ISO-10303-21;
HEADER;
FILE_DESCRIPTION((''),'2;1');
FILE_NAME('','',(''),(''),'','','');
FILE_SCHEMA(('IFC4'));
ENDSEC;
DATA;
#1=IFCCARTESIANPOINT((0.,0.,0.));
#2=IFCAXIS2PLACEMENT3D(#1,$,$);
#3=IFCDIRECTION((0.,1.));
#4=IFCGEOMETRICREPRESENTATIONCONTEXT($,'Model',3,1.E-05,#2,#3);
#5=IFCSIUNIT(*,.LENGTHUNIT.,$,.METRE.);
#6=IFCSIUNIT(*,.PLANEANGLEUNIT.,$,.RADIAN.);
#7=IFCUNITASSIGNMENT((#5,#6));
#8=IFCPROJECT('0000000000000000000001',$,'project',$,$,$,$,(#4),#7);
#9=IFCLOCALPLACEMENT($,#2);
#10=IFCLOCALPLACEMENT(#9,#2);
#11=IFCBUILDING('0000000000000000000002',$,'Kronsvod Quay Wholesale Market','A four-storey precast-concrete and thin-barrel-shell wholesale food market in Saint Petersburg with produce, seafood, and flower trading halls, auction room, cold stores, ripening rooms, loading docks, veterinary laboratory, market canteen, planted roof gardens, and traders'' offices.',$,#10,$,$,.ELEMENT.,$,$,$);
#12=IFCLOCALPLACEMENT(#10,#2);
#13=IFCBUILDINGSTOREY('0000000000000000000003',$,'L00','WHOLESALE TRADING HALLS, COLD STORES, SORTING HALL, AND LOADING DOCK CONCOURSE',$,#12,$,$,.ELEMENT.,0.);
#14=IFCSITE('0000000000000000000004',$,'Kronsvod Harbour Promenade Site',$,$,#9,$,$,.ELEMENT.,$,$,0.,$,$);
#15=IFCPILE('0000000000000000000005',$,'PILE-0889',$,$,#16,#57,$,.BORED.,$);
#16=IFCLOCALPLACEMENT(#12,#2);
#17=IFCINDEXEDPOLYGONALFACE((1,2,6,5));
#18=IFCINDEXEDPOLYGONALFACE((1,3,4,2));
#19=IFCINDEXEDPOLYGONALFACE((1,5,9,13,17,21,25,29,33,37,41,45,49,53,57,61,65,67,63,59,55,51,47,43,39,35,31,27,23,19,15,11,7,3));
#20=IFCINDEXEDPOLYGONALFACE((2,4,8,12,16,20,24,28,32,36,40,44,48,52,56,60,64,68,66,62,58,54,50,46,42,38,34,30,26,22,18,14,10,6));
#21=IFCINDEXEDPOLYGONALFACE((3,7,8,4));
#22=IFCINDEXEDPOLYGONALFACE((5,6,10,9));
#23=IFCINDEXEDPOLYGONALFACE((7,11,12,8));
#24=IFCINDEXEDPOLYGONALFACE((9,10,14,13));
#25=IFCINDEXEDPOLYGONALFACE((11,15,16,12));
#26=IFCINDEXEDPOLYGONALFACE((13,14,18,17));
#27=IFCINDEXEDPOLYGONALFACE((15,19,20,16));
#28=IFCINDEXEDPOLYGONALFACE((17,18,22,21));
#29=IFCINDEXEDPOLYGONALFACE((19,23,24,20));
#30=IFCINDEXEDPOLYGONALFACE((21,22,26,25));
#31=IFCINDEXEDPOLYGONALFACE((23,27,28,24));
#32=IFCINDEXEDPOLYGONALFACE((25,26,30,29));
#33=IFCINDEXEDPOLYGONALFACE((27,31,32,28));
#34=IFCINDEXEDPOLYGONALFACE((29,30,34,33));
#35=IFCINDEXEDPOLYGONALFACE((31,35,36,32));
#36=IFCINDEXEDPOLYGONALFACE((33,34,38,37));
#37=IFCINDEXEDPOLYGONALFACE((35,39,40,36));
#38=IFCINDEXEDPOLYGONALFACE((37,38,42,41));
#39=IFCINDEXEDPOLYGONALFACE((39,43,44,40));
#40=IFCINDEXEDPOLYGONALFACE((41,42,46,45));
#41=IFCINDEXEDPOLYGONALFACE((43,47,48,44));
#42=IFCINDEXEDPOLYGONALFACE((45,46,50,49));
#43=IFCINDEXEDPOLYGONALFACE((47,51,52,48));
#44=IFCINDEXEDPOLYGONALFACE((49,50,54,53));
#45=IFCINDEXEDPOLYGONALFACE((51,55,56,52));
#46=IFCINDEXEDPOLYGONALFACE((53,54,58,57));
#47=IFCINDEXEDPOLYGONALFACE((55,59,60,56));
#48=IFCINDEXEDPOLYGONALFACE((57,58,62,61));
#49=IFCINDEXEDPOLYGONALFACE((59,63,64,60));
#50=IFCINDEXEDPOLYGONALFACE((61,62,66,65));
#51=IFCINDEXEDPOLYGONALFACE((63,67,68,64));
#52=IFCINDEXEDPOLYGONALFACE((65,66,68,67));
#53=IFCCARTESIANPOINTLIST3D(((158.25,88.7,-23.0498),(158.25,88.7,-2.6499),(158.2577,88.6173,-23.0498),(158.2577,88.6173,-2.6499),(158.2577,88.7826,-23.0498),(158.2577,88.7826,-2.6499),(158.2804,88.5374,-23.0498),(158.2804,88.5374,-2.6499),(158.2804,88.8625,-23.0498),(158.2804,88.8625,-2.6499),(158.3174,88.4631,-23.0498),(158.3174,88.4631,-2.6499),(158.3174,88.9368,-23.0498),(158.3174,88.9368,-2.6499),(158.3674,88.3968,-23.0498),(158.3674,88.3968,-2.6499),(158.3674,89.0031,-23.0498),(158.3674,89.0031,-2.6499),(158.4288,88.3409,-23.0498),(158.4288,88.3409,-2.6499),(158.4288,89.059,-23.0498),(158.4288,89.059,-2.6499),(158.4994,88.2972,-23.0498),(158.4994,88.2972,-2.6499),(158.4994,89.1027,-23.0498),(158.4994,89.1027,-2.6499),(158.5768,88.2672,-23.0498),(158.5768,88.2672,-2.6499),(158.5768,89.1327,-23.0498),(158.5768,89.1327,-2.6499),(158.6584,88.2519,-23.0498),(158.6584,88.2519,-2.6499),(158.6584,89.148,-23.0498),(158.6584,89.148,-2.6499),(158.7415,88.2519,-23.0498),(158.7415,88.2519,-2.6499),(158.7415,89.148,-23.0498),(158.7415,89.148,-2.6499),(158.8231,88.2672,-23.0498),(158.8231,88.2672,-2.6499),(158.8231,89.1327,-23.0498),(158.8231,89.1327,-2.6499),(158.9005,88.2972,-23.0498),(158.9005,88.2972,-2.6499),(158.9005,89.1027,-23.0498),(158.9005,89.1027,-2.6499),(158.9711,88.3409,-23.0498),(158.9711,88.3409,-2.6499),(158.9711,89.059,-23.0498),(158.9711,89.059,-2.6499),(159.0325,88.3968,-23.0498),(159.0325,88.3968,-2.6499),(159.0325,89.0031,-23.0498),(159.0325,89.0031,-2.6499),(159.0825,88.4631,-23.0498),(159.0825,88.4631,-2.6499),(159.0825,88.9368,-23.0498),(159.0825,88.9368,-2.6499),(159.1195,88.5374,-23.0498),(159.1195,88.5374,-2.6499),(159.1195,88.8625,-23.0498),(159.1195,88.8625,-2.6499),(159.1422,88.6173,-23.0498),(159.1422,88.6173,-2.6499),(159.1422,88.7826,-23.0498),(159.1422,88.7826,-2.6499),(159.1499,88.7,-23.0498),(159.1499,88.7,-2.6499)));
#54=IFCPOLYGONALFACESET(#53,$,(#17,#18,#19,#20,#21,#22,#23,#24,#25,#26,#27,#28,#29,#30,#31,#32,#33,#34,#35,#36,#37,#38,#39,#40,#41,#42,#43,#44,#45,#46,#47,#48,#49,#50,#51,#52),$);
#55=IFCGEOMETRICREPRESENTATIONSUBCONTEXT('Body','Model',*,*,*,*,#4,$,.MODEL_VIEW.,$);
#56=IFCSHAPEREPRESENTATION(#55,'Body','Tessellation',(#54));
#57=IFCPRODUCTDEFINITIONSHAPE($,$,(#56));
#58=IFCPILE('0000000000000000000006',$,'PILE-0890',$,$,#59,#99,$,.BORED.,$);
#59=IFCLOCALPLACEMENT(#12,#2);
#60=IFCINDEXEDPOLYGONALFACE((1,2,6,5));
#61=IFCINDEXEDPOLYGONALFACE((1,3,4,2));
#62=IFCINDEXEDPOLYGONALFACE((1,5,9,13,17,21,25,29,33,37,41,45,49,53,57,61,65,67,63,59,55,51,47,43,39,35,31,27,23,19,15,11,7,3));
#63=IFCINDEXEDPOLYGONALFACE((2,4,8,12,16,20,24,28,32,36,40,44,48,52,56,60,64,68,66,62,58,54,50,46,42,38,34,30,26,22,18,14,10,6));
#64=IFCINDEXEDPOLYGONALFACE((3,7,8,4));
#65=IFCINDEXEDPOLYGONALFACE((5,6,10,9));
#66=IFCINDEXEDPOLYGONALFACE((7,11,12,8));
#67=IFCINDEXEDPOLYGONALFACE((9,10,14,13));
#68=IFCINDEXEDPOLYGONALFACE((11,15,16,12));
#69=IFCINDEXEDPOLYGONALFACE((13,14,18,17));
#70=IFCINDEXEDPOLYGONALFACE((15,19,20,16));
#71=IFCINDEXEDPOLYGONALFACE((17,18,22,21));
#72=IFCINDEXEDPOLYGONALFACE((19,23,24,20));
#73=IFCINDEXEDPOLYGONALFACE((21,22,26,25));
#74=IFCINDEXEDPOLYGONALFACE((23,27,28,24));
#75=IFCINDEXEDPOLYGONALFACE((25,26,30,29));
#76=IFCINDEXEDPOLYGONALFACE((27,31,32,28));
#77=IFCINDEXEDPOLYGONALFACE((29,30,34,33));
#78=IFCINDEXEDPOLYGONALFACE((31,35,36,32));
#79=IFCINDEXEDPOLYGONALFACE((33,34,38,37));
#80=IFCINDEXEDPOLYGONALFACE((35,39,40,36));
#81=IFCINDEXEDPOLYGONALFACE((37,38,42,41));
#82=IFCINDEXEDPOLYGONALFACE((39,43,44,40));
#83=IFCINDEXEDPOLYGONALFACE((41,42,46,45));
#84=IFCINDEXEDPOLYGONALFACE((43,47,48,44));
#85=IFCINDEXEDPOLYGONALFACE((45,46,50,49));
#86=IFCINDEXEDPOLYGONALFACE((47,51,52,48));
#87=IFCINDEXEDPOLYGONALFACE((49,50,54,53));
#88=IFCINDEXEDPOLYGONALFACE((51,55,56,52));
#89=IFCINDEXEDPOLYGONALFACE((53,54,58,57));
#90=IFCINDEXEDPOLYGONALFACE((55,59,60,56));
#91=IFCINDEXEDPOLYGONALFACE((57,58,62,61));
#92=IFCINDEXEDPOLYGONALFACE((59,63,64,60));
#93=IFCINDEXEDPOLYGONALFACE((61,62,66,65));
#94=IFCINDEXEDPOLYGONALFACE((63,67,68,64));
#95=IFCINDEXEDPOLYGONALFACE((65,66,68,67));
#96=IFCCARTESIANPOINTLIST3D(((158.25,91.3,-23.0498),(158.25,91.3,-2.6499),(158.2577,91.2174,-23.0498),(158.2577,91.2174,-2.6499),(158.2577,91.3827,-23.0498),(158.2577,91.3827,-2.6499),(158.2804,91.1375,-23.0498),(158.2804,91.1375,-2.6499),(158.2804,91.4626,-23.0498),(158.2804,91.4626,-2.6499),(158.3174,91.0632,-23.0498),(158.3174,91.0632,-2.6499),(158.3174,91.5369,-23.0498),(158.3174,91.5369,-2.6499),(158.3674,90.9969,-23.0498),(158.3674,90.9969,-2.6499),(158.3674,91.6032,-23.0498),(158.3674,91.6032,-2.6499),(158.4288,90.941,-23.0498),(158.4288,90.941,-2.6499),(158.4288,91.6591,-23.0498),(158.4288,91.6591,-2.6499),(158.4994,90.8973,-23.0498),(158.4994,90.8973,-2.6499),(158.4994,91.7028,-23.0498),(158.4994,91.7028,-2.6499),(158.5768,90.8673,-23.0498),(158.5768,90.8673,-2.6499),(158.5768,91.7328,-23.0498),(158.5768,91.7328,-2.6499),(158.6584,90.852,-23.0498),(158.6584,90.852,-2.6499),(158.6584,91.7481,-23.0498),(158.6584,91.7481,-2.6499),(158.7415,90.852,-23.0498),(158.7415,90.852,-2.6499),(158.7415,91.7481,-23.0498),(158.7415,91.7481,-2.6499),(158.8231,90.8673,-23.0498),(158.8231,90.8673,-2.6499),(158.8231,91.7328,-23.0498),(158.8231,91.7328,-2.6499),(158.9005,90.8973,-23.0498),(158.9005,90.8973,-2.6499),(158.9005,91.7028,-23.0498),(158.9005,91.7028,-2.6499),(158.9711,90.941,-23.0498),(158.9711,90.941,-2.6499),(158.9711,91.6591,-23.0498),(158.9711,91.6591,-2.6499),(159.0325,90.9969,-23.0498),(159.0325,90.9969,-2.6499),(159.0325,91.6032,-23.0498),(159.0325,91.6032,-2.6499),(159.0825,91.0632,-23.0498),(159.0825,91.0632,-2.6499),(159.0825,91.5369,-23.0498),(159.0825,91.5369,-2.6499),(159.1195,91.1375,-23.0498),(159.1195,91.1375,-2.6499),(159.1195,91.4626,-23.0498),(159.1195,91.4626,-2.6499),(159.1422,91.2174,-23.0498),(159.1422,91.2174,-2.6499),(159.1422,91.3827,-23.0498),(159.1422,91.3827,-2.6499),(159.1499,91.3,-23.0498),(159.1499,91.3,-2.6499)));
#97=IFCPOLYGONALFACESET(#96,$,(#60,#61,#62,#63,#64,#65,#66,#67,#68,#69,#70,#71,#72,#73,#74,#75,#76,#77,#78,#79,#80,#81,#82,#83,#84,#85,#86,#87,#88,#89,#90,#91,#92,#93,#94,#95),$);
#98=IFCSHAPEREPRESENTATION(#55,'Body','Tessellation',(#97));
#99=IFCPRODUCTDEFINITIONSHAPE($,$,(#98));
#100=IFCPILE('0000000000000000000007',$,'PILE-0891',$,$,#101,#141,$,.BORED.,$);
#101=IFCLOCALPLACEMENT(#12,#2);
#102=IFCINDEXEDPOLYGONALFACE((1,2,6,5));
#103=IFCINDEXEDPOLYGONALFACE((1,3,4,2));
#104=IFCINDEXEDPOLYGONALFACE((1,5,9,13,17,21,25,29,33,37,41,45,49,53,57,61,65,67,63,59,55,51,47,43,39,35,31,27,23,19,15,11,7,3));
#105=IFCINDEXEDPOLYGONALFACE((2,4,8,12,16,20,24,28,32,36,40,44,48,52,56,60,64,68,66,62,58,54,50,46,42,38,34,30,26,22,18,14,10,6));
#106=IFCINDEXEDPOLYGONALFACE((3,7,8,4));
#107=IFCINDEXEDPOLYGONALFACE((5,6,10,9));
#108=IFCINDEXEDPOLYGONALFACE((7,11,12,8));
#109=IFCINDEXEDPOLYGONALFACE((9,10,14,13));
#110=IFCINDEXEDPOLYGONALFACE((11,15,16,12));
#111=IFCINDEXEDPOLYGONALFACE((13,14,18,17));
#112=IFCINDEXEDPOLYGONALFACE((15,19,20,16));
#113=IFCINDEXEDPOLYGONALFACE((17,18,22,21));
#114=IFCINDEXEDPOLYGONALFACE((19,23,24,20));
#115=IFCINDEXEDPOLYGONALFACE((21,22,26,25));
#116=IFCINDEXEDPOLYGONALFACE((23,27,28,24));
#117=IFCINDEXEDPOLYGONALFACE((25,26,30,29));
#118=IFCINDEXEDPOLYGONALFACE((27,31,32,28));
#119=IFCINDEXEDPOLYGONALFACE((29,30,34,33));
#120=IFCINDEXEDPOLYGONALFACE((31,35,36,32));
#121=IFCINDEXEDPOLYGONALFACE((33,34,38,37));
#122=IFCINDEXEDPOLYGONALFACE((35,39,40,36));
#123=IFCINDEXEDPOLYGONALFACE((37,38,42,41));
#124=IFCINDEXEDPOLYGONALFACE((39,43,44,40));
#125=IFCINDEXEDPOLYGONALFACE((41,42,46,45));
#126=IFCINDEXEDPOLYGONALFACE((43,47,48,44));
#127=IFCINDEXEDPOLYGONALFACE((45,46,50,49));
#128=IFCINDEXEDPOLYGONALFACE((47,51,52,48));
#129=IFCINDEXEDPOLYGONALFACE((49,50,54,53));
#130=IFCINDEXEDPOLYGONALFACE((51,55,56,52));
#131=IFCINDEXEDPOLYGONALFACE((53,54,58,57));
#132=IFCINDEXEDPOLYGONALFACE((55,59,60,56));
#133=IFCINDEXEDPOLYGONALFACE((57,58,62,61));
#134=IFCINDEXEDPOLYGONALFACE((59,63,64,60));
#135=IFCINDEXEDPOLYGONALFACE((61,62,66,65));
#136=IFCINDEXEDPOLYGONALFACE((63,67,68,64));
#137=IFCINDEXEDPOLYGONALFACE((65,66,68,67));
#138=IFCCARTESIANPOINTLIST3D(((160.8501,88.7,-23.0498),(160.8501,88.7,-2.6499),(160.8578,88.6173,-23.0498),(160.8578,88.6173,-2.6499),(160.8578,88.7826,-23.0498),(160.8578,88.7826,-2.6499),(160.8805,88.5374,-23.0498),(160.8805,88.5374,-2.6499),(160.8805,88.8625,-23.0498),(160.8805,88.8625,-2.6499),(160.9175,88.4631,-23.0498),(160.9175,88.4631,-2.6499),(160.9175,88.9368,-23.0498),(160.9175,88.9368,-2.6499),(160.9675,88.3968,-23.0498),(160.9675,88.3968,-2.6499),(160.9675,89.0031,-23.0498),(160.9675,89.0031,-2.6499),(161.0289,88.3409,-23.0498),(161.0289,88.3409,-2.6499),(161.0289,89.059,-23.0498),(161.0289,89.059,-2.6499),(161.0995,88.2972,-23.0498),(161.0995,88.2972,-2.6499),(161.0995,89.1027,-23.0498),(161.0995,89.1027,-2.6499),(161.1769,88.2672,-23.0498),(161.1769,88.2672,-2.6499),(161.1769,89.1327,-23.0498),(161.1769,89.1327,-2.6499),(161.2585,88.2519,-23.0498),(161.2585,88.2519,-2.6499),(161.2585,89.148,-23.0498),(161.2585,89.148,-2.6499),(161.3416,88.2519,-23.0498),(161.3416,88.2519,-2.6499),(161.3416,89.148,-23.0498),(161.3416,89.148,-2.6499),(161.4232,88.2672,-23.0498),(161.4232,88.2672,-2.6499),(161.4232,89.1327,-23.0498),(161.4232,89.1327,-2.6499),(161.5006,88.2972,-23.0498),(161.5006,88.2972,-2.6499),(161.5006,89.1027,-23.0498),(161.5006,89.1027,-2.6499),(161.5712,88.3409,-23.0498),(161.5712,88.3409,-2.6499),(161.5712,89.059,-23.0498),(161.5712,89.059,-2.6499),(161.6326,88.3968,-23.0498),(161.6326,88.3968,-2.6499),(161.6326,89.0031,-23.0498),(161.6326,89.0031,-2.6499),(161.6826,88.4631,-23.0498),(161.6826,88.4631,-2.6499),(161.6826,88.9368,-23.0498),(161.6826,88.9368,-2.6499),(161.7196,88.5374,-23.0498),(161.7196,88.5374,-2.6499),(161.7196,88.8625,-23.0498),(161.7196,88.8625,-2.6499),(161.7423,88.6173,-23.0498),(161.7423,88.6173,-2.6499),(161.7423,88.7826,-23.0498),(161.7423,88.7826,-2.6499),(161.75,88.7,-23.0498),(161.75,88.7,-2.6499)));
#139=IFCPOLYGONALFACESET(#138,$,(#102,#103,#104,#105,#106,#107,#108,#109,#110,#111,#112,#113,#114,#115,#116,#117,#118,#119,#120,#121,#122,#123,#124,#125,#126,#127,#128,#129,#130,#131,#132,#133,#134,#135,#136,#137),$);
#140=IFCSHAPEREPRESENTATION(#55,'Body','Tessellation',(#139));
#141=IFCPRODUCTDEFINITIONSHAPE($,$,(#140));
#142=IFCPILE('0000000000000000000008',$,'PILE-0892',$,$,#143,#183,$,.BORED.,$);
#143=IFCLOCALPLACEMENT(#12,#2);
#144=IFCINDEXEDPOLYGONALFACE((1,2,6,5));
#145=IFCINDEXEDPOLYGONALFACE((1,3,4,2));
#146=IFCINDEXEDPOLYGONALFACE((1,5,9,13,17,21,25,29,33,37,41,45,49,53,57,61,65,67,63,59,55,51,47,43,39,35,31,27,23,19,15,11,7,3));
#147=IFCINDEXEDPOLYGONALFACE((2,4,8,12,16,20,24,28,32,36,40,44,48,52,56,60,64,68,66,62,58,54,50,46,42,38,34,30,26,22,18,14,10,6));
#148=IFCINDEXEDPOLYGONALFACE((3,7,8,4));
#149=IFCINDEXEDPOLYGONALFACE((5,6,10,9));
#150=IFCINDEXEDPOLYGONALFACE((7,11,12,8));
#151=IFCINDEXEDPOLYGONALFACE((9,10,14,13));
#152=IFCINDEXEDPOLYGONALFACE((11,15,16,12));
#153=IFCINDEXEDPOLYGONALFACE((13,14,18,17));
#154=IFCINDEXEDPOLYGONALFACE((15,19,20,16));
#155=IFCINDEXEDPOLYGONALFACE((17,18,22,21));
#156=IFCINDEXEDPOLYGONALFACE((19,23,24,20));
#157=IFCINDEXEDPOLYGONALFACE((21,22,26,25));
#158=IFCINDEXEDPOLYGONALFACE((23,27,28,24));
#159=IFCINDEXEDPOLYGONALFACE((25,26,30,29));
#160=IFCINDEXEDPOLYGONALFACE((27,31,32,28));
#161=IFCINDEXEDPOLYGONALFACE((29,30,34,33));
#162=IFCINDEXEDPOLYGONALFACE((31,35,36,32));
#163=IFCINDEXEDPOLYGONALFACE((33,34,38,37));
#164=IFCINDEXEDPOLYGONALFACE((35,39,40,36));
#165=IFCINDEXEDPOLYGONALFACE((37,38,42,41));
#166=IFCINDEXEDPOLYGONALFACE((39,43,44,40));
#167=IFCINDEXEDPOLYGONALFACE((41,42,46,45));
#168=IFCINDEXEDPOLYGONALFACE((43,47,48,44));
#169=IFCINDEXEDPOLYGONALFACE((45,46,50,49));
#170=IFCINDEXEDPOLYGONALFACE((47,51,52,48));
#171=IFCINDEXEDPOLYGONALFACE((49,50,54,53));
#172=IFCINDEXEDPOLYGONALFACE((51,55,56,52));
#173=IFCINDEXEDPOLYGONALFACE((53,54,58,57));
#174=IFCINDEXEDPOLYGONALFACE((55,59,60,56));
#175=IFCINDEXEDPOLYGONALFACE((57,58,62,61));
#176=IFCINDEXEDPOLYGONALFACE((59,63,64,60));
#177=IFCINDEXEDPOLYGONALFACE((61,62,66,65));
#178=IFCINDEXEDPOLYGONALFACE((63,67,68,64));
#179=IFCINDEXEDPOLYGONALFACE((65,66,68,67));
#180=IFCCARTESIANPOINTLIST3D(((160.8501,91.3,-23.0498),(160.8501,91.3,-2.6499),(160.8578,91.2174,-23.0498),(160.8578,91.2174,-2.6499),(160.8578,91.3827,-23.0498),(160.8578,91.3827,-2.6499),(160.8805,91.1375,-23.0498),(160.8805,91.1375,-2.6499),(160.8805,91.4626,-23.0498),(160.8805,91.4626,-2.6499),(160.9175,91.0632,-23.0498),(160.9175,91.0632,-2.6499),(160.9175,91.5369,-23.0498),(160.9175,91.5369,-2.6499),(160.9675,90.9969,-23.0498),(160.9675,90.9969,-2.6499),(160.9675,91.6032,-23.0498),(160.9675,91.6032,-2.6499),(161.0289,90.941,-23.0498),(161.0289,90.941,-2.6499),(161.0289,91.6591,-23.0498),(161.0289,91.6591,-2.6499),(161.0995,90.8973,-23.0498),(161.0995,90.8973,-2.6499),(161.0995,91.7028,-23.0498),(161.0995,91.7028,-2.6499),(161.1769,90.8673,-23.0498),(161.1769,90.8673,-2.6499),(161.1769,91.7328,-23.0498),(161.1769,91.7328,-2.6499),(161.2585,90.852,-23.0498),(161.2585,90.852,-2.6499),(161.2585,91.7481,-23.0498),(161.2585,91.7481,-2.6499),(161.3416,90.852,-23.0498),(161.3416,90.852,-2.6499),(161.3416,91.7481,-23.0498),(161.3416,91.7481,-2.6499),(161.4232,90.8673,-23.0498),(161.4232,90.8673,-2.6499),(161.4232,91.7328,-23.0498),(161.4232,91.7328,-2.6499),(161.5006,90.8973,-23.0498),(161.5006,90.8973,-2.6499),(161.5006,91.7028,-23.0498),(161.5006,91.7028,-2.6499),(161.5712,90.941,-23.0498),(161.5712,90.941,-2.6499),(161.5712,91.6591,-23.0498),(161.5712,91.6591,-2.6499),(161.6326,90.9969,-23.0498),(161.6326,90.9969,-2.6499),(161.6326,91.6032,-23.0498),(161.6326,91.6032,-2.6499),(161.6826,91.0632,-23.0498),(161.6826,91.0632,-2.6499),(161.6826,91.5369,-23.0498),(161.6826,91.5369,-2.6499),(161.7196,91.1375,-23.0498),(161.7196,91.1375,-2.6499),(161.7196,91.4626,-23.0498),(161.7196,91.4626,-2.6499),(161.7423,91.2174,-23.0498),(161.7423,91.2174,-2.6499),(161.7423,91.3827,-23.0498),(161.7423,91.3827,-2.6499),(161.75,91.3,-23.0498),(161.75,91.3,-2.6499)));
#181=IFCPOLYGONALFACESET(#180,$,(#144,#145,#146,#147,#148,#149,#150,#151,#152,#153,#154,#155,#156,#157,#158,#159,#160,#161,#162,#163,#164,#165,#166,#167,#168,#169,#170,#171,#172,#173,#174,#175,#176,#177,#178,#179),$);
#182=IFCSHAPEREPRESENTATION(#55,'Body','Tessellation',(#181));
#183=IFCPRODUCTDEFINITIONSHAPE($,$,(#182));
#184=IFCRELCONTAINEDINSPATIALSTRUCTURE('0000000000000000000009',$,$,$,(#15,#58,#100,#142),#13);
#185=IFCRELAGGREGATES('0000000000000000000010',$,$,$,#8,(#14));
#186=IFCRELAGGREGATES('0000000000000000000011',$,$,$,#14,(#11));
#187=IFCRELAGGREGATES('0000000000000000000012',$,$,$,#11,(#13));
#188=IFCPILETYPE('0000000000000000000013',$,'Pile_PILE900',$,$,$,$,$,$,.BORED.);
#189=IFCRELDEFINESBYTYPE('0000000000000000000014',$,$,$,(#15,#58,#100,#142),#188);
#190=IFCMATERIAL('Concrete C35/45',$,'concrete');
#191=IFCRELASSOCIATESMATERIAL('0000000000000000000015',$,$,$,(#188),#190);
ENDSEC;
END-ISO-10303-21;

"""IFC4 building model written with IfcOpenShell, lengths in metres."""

from ifc_helpers import new_model, si_unit, direction, frame, origin, origin_2d, place, context, subcontext, project, spatial, circle, extrude, material, material_profile, profile_set, type_object, element, save


model = new_model("IFC4")

# Units and contexts
model_context = context("Model", 3, precision=1e-05, world=origin(), true_north=direction((0.0, 1.0)))
body_context = subcontext(model_context, "Body", "Model", "MODEL_VIEW")
ifc_project = project(units=[si_unit("LENGTHUNIT", "METRE"), si_unit("PLANEANGLEUNIT", "RADIAN")], contexts=[model_context])

# Site, building, storey
site_placement = place(None, origin())
site = spatial("IfcSite", under=ifc_project, at=site_placement, Name="Kronsvod Harbour Promenade Site", CompositionType="ELEMENT", RefElevation=0.0)
building_placement = place(site_placement, origin())
building = spatial("IfcBuilding", under=site, at=building_placement, Name="Kronsvod Quay Wholesale Market", Description="A four-storey precast-concrete and thin-barrel-shell wholesale food market in Saint Petersburg with produce, seafood, and flower trading halls, auction room, cold stores, ripening rooms, loading docks, veterinary laboratory, market canteen, planted roof gardens, and traders' offices.", CompositionType="ELEMENT")
storey_placement = place(building_placement, origin())
storey = spatial("IfcBuildingStorey", under=building, at=storey_placement, Name="L00", Description="WHOLESALE TRADING HALLS, COLD STORES, SORTING HALL, AND LOADING DOCK CONCOURSE", CompositionType="ELEMENT", Elevation=0.0)

# Piles
ifc_material_1 = material(Name="Concrete C35/45", Category="concrete")
ifc_material_profile_1 = material_profile(ifc_material_1, circle(Radius=0.45, at=origin_2d()), Name="PILE900")
ifc_profile_set_1 = profile_set([ifc_material_profile_1], Name="Concrete C35/45")
pile_type_1 = type_object("IfcPileType", Name="Pile_PILE900", PredefinedType="BORED", material=ifc_profile_set_1)
for number, where, z_axis, x_axis, name in (
    (1, (158.7, 88.7, -2.6499), (0.0, 0.0, -1.0), (1.0, 0.0, 0.0), "PILE-0889"),
    (2, (158.7, 91.3, -2.6499), (0.0, 0.0, -1.0), (1.0, 0.0, 0.0), "PILE-0890"),
    (3, (161.3, 88.7, -2.6499), (0.0, 0.0, -1.0), (1.0, 0.0, 0.0), "PILE-0891"),
    (4, (161.3, 91.3, -2.6499), (0.0, 0.0, -1.0), (1.0, 0.0, 0.0), "PILE-0892"),
):
    element("IfcPile", number, at=place(storey_placement, frame(where, z_axis=z_axis, x_axis=x_axis)), inside=storey, type_object=pile_type_1, Name=name, PredefinedType="BORED", context=body_context, shape_type="SweptSolid", body=[
        extrude(circle(Radius=0.45, at=origin_2d()), origin(), (0.0, 0.0, 1.0), 20.3999),
    ])

save(model, "model.ifc")
